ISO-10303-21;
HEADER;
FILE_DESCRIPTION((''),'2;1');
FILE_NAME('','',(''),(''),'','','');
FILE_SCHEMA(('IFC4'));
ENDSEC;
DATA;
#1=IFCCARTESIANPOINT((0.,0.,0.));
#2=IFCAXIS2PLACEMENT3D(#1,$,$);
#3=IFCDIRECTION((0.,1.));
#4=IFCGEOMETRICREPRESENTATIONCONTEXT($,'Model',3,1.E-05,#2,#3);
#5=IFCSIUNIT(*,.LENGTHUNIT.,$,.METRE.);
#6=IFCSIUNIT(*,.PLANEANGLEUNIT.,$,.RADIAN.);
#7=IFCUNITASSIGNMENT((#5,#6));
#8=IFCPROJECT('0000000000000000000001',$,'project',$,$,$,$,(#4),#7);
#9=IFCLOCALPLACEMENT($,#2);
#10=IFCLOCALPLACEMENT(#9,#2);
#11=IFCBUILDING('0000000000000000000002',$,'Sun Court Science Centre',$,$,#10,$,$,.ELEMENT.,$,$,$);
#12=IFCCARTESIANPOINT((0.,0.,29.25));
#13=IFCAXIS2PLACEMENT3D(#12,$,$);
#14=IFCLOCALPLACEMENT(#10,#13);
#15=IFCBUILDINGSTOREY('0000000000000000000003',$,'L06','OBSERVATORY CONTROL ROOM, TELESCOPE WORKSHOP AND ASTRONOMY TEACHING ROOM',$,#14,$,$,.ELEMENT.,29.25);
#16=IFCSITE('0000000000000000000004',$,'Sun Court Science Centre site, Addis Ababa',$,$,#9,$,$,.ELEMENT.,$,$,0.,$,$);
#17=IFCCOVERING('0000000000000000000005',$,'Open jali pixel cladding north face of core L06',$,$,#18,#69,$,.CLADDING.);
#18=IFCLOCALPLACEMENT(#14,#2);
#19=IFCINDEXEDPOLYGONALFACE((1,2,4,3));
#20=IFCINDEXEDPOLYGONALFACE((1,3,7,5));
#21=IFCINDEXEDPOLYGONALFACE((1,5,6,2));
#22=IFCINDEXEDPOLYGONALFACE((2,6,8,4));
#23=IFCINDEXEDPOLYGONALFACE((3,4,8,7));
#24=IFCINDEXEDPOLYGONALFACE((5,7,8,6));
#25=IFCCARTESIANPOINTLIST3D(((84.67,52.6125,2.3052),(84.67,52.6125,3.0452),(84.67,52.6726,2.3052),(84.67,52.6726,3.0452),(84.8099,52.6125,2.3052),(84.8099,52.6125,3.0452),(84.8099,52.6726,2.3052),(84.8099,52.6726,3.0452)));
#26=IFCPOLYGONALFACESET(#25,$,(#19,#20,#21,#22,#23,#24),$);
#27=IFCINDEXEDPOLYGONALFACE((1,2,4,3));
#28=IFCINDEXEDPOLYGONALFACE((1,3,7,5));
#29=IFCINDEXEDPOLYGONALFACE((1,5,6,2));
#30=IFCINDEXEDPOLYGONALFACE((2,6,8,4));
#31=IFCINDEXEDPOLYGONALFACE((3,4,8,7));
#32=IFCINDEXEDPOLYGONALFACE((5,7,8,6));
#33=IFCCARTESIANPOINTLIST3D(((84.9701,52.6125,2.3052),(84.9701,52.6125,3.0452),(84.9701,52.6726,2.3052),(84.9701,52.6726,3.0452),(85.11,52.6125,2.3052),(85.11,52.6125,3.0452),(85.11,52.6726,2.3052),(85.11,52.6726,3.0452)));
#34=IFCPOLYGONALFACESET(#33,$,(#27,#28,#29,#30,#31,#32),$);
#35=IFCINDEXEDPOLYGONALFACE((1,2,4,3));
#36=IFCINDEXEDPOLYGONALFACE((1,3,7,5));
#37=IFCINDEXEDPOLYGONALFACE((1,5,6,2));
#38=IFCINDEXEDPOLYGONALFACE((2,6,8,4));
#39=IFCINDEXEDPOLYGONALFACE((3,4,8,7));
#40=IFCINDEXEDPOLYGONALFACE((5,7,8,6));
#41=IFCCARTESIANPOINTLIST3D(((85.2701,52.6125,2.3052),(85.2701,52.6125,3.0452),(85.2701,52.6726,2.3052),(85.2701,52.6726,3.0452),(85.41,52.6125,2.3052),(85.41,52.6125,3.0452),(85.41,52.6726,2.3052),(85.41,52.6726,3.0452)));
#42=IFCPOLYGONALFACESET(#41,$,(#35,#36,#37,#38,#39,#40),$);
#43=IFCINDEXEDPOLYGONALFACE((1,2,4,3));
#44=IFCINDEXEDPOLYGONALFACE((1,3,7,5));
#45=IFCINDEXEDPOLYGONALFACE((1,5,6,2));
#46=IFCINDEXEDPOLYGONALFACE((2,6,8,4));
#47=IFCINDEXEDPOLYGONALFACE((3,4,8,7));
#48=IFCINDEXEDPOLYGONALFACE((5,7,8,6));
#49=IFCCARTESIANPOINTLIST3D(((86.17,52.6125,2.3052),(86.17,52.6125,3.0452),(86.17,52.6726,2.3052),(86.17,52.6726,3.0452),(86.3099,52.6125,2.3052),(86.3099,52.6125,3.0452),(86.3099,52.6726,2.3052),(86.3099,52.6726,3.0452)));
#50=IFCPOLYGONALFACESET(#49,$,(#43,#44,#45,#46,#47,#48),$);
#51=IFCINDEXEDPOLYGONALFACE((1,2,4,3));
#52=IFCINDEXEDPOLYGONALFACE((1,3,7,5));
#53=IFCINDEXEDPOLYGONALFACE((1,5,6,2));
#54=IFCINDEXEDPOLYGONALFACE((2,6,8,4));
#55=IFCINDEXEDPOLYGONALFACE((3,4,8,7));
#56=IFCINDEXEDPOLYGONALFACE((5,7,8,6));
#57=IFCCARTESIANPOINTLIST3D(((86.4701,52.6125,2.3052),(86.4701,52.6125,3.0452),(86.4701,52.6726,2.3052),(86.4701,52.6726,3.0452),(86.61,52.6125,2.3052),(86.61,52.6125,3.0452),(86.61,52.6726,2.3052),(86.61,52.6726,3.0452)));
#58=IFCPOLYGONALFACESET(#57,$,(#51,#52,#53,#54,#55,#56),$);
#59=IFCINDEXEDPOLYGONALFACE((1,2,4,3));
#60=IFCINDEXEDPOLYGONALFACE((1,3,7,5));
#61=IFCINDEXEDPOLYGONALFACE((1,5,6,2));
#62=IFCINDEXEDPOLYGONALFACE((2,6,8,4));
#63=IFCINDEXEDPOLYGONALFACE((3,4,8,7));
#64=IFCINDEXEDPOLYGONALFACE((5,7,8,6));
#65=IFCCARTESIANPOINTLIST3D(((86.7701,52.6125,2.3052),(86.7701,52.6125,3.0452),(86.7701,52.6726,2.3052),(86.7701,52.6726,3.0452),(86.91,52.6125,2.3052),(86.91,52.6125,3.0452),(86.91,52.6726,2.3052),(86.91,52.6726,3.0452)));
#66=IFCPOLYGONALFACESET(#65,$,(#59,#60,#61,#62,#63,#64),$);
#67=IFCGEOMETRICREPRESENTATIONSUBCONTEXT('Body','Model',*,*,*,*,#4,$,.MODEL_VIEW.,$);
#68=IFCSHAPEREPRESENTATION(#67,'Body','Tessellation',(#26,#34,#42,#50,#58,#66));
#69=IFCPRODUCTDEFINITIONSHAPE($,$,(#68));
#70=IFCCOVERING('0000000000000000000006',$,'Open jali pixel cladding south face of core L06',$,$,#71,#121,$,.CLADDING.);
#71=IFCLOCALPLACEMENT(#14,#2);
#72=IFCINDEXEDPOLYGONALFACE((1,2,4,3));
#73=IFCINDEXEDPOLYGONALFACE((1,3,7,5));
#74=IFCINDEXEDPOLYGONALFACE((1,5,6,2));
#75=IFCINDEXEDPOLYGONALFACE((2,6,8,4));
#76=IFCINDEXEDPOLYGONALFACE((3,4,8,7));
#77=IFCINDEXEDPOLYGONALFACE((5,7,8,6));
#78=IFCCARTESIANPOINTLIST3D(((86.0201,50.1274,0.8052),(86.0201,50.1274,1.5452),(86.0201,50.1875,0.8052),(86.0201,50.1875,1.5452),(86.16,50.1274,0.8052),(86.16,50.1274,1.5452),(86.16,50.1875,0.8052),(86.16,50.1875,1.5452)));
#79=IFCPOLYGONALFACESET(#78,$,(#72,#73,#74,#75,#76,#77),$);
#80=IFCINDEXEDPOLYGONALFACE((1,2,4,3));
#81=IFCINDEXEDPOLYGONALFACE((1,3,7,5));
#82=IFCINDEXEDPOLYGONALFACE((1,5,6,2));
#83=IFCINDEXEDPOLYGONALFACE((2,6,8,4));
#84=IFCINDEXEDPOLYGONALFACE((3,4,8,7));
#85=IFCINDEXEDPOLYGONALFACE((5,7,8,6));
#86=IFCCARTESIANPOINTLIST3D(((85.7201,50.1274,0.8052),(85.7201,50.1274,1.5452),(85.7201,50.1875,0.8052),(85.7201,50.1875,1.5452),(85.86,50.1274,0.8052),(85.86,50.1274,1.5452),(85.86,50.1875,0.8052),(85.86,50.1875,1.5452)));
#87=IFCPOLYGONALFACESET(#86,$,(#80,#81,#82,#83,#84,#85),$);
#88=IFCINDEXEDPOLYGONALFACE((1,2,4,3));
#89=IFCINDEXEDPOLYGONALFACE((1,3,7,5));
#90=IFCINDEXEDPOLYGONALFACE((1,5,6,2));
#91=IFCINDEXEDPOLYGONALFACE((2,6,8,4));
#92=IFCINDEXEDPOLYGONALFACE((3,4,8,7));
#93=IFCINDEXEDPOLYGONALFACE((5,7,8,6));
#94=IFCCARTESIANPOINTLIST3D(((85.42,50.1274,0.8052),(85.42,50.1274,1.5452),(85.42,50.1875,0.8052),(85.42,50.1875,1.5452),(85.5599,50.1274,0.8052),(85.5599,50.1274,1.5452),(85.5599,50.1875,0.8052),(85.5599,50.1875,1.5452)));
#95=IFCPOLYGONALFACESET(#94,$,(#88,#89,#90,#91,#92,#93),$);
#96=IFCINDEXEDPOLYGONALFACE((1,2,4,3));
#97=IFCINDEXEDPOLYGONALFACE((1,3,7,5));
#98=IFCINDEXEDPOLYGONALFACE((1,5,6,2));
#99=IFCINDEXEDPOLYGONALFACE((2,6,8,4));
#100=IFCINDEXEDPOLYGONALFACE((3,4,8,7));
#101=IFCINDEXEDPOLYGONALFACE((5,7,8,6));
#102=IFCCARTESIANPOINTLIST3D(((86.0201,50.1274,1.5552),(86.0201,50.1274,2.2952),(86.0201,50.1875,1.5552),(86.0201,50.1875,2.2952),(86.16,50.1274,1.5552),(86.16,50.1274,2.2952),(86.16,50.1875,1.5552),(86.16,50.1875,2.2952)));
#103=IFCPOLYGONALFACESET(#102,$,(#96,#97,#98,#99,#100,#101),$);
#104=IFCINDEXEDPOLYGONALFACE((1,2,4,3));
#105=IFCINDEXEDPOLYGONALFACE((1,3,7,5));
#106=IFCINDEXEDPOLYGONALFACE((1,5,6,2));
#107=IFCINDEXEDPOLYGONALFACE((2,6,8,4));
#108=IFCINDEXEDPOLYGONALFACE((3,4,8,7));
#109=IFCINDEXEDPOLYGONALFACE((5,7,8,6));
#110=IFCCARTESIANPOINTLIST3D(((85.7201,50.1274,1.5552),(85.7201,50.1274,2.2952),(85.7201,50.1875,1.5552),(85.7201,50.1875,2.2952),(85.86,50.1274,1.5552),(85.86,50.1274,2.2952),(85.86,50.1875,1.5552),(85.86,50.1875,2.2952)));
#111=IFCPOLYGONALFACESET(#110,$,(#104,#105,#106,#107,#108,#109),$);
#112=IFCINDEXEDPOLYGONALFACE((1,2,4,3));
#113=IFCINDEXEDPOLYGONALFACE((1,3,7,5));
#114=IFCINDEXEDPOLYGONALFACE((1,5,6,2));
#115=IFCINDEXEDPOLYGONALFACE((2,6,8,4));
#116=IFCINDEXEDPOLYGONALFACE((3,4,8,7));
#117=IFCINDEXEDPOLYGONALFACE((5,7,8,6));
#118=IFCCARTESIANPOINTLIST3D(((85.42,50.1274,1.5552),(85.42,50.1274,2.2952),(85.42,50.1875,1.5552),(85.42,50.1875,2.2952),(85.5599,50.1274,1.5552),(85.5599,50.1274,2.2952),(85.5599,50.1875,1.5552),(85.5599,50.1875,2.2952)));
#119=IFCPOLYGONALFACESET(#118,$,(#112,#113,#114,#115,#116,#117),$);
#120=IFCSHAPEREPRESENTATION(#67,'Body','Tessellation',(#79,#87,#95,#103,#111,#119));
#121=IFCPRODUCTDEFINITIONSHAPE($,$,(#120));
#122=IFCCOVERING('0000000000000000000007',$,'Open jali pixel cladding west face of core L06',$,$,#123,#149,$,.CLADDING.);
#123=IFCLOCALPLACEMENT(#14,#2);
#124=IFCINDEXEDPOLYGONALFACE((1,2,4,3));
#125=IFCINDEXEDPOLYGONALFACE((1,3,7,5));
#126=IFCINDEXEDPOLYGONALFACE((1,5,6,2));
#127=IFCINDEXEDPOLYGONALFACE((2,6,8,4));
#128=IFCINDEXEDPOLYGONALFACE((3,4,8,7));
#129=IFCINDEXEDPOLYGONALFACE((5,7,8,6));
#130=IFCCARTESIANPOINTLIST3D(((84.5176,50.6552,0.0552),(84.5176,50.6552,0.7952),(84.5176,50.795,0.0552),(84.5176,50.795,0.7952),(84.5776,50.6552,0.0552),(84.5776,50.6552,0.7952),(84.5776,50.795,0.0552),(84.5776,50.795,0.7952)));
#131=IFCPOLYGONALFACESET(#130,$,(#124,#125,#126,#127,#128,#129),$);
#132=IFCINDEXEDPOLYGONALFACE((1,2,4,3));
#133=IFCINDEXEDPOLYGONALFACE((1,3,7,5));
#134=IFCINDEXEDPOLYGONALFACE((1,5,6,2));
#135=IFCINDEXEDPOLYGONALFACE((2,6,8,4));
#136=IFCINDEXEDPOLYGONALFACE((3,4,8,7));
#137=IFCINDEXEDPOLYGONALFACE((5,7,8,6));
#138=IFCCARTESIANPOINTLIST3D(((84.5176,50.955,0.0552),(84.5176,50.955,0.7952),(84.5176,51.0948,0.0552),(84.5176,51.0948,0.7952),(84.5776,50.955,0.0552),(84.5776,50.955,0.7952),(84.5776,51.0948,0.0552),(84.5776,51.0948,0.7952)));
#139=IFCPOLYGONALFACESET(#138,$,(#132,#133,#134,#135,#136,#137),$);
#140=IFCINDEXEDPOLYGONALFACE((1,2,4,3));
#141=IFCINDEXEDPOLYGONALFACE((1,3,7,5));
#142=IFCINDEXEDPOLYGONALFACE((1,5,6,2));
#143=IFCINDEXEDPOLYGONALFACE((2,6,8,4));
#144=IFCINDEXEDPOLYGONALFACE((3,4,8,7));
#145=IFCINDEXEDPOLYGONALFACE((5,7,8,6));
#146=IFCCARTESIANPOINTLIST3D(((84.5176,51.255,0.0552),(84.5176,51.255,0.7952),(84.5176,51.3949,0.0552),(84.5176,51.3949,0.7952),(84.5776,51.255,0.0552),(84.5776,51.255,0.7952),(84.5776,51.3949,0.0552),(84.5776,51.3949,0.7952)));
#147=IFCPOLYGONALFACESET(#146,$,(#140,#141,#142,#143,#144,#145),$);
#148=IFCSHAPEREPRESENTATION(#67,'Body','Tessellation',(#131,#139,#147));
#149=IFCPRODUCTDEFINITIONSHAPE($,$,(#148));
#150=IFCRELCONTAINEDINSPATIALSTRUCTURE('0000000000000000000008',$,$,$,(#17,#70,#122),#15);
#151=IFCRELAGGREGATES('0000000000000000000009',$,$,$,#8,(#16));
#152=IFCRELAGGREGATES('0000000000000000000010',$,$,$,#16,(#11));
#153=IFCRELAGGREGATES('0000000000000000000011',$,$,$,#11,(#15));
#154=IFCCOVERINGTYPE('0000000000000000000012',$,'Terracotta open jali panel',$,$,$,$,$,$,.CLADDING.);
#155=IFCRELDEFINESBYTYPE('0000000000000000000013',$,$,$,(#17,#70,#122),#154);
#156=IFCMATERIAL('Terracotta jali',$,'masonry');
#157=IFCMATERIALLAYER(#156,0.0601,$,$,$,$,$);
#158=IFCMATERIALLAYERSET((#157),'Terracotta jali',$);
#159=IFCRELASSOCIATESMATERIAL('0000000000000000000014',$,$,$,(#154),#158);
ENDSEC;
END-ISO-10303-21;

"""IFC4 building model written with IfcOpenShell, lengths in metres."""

from ifc_helpers import new_model, si_unit, direction, frame, origin, origin_2d, place, context, subcontext, project, spatial, rectangle, extrude, material, layer, layer_set, type_object, element, save


model = new_model("IFC4")

# Units and contexts
model_context = context("Model", 3, precision=1e-05, world=origin(), true_north=direction((0.0, 1.0)))
body_context = subcontext(model_context, "Body", "Model", "MODEL_VIEW")
ifc_project = project(units=[si_unit("LENGTHUNIT", "METRE"), si_unit("PLANEANGLEUNIT", "RADIAN")], contexts=[model_context])

# Site, building, storey
site_placement = place(None, origin())
site = spatial("IfcSite", under=ifc_project, at=site_placement, Name="Sun Court Science Centre site, Addis Ababa", CompositionType="ELEMENT", RefElevation=0.0)
building_placement = place(site_placement, origin())
building = spatial("IfcBuilding", under=site, at=building_placement, Name="Sun Court Science Centre", CompositionType="ELEMENT")
storey_placement = place(building_placement, frame((0.0, 0.0, 29.25)))
storey = spatial("IfcBuildingStorey", under=building, at=storey_placement, Name="L06", Description="OBSERVATORY CONTROL ROOM, TELESCOPE WORKSHOP AND ASTRONOMY TEACHING ROOM", CompositionType="ELEMENT", Elevation=29.25)

# Coverings
ifc_material_1 = material(Name="Terracotta jali", Category="masonry")
ifc_layer_1 = layer(ifc_material_1, 0.0601)
ifc_layer_set_1 = layer_set([ifc_layer_1], Name="Terracotta jali")
covering_type_1 = type_object("IfcCoveringType", Name="Terracotta open jali panel", PredefinedType="CLADDING", material=ifc_layer_set_1)
covering_1_placement = place(storey_placement, frame((0.0, 0.0, -29.25)))
element("IfcCovering", 1, at=covering_1_placement, inside=storey, type_object=covering_type_1, Name="Open jali pixel cladding north face of core L06", PredefinedType="CLADDING", context=body_context, shape_type="SweptSolid", body=[
    extrude(rectangle(XDim=0.1399, YDim=0.0601, at=origin_2d()), frame((84.74, 52.6426, 31.5552), z_axis=(0.0, 0.0, 1.0), x_axis=(1.0, 0.0, 0.0)), (0.0, 0.0, 1.0), 0.74),
    extrude(rectangle(XDim=0.1399, YDim=0.0601, at=origin_2d()), frame((85.04, 52.6426, 31.5552), z_axis=(0.0, 0.0, 1.0), x_axis=(1.0, 0.0, 0.0)), (0.0, 0.0, 1.0), 0.74),
    extrude(rectangle(XDim=0.1399, YDim=0.0601, at=origin_2d()), frame((85.3401, 52.6426, 31.5552), z_axis=(0.0, 0.0, 1.0), x_axis=(1.0, 0.0, 0.0)), (0.0, 0.0, 1.0), 0.74),
    extrude(rectangle(XDim=0.1399, YDim=0.0601, at=origin_2d()), frame((86.24, 52.6426, 31.5552), z_axis=(0.0, 0.0, 1.0), x_axis=(1.0, 0.0, 0.0)), (0.0, 0.0, 1.0), 0.74),
    extrude(rectangle(XDim=0.1399, YDim=0.0601, at=origin_2d()), frame((86.54, 52.6426, 31.5552), z_axis=(0.0, 0.0, 1.0), x_axis=(1.0, 0.0, 0.0)), (0.0, 0.0, 1.0), 0.74),
    extrude(rectangle(XDim=0.1399, YDim=0.0601, at=origin_2d()), frame((86.8401, 52.6426, 31.5552), z_axis=(0.0, 0.0, 1.0), x_axis=(1.0, 0.0, 0.0)), (0.0, 0.0, 1.0), 0.74),
])
covering_2_placement = place(storey_placement, frame((0.0, 0.0, -29.25)))
element("IfcCovering", 2, at=covering_2_placement, inside=storey, type_object=covering_type_1, Name="Open jali pixel cladding south face of core L06", PredefinedType="CLADDING", context=body_context, shape_type="SweptSolid", body=[
    extrude(rectangle(XDim=0.1399, YDim=0.0601, at=origin_2d()), frame((86.0901, 50.1575, 30.0552), z_axis=(0.0, 0.0, 1.0), x_axis=(-1.0, 0.0, 0.0)), (0.0, 0.0, 1.0), 0.74),
    extrude(rectangle(XDim=0.1399, YDim=0.0601, at=origin_2d()), frame((85.79, 50.1575, 30.0552), z_axis=(0.0, 0.0, 1.0), x_axis=(-1.0, 0.0, 0.0)), (0.0, 0.0, 1.0), 0.74),
    extrude(rectangle(XDim=0.1399, YDim=0.0601, at=origin_2d()), frame((85.49, 50.1575, 30.0552), z_axis=(0.0, 0.0, 1.0), x_axis=(-1.0, 0.0, 0.0)), (0.0, 0.0, 1.0), 0.74),
    extrude(rectangle(XDim=0.1399, YDim=0.0601, at=origin_2d()), frame((86.0901, 50.1575, 30.8052), z_axis=(0.0, 0.0, 1.0), x_axis=(-1.0, 0.0, 0.0)), (0.0, 0.0, 1.0), 0.74),
    extrude(rectangle(XDim=0.1399, YDim=0.0601, at=origin_2d()), frame((85.79, 50.1575, 30.8052), z_axis=(0.0, 0.0, 1.0), x_axis=(-1.0, 0.0, 0.0)), (0.0, 0.0, 1.0), 0.74),
    extrude(rectangle(XDim=0.1399, YDim=0.0601, at=origin_2d()), frame((85.49, 50.1575, 30.8052), z_axis=(0.0, 0.0, 1.0), x_axis=(-1.0, 0.0, 0.0)), (0.0, 0.0, 1.0), 0.74),
])
covering_3_placement = place(storey_placement, frame((0.0, 0.0, -29.25)))
element("IfcCovering", 3, at=covering_3_placement, inside=storey, type_object=covering_type_1, Name="Open jali pixel cladding west face of core L06", PredefinedType="CLADDING", context=body_context, shape_type="SweptSolid", body=[
    extrude(rectangle(XDim=0.1399, YDim=0.0601, at=origin_2d()), frame((84.5476, 50.7251, 29.3052), z_axis=(0.0, 0.0, 1.0), x_axis=(0.0, 1.0, 0.0)), (0.0, 0.0, 1.0), 0.74),
    extrude(rectangle(XDim=0.1399, YDim=0.0601, at=origin_2d()), frame((84.5476, 51.0249, 29.3052), z_axis=(0.0, 0.0, 1.0), x_axis=(0.0, 1.0, 0.0)), (0.0, 0.0, 1.0), 0.74),
    extrude(rectangle(XDim=0.1399, YDim=0.0601, at=origin_2d()), frame((84.5476, 51.325, 29.3052), z_axis=(0.0, 0.0, 1.0), x_axis=(0.0, 1.0, 0.0)), (0.0, 0.0, 1.0), 0.74),
])

save(model, "model.ifc")
